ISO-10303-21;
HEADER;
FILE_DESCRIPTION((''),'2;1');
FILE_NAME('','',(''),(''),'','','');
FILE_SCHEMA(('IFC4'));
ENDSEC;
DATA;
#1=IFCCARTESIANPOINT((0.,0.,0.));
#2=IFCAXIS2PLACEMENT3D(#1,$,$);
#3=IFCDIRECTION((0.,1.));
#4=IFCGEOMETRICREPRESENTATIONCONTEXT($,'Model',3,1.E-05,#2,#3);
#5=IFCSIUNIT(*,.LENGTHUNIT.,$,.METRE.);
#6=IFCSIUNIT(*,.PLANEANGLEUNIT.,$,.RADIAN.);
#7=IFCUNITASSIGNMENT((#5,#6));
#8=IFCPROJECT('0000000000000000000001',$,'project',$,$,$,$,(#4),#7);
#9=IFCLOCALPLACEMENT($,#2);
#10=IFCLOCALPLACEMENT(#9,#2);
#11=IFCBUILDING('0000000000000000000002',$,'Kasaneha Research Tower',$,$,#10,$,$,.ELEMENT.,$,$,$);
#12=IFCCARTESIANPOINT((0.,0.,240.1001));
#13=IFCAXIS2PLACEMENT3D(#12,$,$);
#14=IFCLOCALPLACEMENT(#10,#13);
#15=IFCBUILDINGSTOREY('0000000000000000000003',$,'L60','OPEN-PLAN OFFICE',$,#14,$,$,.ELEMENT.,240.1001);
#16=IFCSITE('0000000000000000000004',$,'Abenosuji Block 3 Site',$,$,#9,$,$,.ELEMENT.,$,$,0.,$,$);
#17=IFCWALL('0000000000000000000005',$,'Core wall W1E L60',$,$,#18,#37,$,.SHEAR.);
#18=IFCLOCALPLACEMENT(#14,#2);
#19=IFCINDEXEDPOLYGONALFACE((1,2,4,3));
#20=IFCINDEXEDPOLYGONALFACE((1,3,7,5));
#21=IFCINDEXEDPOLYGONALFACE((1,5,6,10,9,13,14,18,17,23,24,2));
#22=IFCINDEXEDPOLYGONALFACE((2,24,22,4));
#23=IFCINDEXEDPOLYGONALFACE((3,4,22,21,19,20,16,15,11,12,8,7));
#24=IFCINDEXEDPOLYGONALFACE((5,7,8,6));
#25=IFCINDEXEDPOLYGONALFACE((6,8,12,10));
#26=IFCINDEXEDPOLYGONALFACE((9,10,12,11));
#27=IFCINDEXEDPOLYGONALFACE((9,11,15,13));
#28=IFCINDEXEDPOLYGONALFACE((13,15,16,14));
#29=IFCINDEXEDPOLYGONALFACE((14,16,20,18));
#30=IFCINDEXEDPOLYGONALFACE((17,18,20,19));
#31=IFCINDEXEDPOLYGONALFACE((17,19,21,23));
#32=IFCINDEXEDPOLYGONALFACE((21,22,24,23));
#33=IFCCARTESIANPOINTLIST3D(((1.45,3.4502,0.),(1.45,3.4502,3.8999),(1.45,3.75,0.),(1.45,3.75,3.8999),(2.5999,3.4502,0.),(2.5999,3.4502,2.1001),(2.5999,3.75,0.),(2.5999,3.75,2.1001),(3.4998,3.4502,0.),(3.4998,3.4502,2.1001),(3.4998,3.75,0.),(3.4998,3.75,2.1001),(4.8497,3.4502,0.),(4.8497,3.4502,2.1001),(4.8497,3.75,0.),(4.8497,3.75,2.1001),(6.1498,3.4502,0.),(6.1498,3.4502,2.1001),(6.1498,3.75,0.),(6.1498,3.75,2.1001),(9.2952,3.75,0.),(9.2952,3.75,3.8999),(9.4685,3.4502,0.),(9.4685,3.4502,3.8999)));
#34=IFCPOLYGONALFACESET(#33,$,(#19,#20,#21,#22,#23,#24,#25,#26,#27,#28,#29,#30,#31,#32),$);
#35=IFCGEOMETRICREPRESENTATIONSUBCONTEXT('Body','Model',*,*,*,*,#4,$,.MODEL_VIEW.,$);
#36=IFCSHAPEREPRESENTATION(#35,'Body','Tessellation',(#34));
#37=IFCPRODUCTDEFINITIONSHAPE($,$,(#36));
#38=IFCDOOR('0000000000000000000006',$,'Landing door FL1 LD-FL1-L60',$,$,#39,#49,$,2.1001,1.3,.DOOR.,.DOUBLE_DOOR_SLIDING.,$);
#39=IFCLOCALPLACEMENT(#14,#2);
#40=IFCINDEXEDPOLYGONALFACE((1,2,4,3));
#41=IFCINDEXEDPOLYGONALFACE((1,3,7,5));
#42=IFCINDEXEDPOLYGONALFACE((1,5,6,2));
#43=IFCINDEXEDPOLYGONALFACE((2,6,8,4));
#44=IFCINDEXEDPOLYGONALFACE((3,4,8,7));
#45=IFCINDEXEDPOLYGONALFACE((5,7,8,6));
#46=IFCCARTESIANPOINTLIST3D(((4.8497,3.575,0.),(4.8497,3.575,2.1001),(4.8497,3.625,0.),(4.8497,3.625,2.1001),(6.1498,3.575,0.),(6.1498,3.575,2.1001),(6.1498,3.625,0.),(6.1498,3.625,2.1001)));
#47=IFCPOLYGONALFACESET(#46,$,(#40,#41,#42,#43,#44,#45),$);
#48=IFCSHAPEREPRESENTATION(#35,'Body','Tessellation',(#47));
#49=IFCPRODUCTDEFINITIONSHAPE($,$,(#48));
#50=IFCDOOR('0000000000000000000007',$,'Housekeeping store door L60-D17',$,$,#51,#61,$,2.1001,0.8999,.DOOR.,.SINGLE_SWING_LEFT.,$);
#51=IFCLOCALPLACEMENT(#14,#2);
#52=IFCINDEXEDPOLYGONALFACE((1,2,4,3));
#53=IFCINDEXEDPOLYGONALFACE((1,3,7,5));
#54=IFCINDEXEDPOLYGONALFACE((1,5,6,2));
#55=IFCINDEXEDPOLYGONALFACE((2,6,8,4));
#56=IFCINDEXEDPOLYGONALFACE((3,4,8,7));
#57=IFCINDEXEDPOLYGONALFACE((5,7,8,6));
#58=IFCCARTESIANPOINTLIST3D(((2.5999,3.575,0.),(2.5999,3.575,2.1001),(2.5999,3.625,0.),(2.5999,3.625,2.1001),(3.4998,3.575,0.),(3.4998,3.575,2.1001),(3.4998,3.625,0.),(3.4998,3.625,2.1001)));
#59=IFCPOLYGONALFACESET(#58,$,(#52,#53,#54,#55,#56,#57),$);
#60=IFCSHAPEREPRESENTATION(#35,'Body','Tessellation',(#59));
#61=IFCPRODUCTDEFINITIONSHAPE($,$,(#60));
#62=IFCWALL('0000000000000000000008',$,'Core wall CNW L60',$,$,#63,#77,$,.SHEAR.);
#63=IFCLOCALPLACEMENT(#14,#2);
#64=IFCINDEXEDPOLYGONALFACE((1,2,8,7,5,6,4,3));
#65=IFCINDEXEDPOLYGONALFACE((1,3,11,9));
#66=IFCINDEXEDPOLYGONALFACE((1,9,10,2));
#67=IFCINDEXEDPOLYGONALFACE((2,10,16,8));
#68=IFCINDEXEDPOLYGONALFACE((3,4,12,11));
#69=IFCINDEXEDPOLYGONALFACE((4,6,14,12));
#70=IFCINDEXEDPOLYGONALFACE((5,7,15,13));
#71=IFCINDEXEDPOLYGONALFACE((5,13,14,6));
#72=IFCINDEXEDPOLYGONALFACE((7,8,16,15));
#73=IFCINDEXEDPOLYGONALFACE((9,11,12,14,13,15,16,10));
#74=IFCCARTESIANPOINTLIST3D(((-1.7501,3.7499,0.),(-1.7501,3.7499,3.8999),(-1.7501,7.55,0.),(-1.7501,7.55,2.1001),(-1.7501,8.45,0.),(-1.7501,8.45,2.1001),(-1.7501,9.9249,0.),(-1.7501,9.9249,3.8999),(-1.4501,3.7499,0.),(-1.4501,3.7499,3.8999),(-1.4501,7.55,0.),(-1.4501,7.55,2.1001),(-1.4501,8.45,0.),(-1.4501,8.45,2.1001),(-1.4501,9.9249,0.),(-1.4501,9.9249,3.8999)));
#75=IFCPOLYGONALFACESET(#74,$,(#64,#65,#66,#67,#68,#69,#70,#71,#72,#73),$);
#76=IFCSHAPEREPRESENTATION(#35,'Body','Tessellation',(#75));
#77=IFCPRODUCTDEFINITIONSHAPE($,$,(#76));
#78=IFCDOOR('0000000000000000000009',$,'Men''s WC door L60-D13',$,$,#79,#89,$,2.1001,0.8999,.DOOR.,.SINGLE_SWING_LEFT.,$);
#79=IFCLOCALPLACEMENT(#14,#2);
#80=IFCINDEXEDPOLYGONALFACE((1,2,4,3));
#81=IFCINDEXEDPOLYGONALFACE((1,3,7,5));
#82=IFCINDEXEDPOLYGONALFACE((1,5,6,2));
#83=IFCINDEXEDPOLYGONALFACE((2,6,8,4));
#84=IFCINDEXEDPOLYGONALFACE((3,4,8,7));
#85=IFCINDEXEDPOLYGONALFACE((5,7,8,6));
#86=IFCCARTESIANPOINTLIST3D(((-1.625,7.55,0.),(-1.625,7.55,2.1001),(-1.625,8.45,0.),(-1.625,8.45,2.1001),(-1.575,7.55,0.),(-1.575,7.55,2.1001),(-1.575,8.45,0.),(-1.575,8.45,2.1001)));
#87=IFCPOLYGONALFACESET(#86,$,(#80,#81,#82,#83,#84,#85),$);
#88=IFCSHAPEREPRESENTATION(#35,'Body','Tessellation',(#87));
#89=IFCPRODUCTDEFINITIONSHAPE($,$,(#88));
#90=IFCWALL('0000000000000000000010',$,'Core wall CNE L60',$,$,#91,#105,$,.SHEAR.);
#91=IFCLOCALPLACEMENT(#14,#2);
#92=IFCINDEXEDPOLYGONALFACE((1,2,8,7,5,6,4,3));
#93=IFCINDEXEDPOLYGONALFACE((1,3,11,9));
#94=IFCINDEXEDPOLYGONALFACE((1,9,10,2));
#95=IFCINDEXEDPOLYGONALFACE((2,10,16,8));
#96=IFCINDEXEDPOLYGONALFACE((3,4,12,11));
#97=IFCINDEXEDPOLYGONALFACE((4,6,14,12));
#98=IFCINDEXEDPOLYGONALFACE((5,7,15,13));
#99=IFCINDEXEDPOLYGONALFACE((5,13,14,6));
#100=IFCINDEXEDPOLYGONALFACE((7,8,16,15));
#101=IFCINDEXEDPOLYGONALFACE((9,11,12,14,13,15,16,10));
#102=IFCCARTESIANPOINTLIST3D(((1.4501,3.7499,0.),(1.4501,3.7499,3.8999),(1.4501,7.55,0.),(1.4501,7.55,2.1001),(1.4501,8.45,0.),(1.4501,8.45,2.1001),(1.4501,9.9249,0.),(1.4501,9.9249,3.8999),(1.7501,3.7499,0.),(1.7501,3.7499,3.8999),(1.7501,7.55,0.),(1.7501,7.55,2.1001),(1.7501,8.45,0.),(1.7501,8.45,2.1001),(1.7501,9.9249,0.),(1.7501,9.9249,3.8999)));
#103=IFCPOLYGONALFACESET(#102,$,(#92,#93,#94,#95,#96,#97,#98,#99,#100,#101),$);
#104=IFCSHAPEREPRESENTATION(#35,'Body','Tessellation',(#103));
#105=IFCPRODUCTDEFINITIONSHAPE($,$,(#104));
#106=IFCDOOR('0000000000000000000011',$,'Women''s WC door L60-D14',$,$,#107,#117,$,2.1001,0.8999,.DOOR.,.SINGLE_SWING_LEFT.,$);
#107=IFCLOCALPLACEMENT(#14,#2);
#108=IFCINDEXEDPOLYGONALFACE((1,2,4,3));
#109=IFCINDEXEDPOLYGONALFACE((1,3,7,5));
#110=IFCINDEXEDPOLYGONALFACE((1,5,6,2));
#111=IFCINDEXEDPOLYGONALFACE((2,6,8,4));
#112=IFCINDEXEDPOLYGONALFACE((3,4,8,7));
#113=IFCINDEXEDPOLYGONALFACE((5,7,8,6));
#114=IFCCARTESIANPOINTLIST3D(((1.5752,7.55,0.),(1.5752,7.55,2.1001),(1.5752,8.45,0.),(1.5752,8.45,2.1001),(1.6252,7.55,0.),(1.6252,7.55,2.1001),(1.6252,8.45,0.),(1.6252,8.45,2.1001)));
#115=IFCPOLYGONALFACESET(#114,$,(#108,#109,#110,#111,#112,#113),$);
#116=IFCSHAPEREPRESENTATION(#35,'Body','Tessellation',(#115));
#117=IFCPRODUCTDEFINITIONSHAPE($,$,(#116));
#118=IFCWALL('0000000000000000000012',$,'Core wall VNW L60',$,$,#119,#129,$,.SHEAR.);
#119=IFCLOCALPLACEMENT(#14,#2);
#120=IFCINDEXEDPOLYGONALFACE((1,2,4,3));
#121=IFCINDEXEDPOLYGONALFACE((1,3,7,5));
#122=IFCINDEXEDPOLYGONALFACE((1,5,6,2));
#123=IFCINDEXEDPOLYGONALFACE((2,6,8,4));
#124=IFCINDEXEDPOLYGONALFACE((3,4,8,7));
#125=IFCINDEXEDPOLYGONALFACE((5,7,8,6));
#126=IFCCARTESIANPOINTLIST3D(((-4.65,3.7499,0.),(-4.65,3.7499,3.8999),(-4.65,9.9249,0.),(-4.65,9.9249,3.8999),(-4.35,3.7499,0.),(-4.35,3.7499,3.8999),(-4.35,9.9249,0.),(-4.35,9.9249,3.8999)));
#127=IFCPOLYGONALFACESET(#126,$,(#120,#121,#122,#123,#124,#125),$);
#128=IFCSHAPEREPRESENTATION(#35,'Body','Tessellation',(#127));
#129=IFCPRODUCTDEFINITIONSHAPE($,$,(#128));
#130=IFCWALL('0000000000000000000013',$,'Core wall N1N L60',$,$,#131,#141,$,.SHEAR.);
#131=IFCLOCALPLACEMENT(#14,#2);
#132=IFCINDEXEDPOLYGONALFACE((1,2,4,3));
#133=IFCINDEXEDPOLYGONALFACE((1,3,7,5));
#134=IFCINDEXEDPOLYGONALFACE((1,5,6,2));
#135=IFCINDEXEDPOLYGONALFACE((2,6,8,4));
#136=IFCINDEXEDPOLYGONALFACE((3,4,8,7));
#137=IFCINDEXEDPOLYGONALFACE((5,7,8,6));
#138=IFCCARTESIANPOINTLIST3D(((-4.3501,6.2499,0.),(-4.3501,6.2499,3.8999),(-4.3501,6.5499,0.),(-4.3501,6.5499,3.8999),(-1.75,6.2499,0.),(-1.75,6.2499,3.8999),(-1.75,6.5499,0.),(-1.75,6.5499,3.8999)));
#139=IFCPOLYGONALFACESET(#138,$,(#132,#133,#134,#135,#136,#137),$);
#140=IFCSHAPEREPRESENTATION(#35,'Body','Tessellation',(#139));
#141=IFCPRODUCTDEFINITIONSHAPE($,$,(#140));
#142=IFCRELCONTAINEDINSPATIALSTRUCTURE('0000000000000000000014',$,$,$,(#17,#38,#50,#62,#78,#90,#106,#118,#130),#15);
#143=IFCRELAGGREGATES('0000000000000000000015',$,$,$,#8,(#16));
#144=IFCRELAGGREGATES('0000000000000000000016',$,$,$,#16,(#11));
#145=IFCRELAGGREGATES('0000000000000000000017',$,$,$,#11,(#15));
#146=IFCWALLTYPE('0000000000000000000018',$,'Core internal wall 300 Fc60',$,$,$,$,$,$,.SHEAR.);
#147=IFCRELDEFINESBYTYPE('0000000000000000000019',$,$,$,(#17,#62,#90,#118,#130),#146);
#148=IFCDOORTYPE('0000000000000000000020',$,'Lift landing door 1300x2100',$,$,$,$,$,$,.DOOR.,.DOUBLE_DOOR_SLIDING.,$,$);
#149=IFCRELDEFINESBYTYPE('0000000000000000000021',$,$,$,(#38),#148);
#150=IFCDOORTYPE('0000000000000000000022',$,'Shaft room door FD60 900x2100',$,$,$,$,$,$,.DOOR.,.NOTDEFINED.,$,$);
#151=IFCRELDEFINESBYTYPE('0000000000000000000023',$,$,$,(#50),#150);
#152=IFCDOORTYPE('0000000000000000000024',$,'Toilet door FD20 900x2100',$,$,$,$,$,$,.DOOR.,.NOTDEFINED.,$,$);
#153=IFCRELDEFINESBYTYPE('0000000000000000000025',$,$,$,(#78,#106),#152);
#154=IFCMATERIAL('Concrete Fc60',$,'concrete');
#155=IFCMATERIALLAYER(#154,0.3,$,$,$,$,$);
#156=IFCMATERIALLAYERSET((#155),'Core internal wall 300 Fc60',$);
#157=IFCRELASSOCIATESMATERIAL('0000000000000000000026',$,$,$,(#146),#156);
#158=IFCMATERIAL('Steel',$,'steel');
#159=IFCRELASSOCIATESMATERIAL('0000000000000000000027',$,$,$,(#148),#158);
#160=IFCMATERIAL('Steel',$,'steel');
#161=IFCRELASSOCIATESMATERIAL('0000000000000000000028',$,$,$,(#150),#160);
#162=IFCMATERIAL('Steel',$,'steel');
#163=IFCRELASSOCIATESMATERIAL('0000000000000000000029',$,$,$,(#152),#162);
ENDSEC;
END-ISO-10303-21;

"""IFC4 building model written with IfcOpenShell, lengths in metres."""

from ifc_helpers import new_model, si_unit, direction, frame, frame_2d, origin, place, context, subcontext, project, spatial, polyline, rectangle, outline, extrude, material, layer, layer_set, type_object, element, fill, save


model = new_model("IFC4")

# Units and contexts
model_context = context("Model", 3, precision=1e-05, world=origin(), true_north=direction((0.0, 1.0)))
body_context = subcontext(model_context, "Body", "Model", "MODEL_VIEW")
ifc_project = project(units=[si_unit("LENGTHUNIT", "METRE"), si_unit("PLANEANGLEUNIT", "RADIAN")], contexts=[model_context])

# Site, building, storey
site_placement = place(None, origin())
site = spatial("IfcSite", under=ifc_project, at=site_placement, Name="Abenosuji Block 3 Site", CompositionType="ELEMENT", RefElevation=0.0)
building_placement = place(site_placement, origin())
building = spatial("IfcBuilding", under=site, at=building_placement, Name="Kasaneha Research Tower", CompositionType="ELEMENT")
storey_placement = place(building_placement, frame((0.0, 0.0, 240.1001)))
storey = spatial("IfcBuildingStorey", under=building, at=storey_placement, Name="L60", Description="OPEN-PLAN OFFICE", CompositionType="ELEMENT", Elevation=240.1001)

# Wall, openings, doors
ifc_material_1 = material(Name="Concrete Fc60", Category="concrete")
ifc_layer_1 = layer(ifc_material_1, 0.3)
ifc_layer_set_1 = layer_set([ifc_layer_1], Name="Core internal wall 300 Fc60")
wall_type_1 = type_object("IfcWallType", Name="Core internal wall 300 Fc60", PredefinedType="SHEAR", material=ifc_layer_set_1)
wall_1_placement = place(storey_placement, frame((1.45, 3.6001, 0.0), z_axis=(0.0, 0.0, 1.0), x_axis=(1.0, 0.0, 0.0)))
wall_1 = element("IfcWall", 1, at=wall_1_placement, inside=storey, type_object=wall_type_1, Name="Core wall W1E L60", PredefinedType="SHEAR", context=body_context, shape_type="SweptSolid", body=[
    extrude(outline(polyline([(0.0, -0.1499), (1.1499, -0.1499), (2.0498, -0.1499), (3.3999, -0.1499), (4.7, -0.1499), (8.0186, -0.1499), (7.8452, 0.1499), (4.7, 0.1499), (3.3999, 0.1499), (2.0498, 0.1499), (1.1499, 0.1499), (0.0, 0.1499), (0.0, -0.1499)])), origin(), (0.0, 0.0, 1.0), 3.8999),
])
opening_1_placement = place(wall_1_placement, frame((1.1499, 0.0, 0.0)))
opening_1 = element("IfcOpeningElement", 2, at=opening_1_placement, cuts=wall_1, PredefinedType="OPENING", context=body_context, shape_type="SweptSolid", body=[
    extrude(rectangle(XDim=0.8999, YDim=2.1001, at=frame_2d((0.45, 1.05))), frame((0.0, 0.1602, 0.0), z_axis=(0.0, -1.0, 0.0), x_axis=(1.0, 0.0, 0.0)), (0.0, 0.0, 1.0), 0.3201),
])
opening_2_placement = place(wall_1_placement, frame((3.3999, 0.0, 0.0)))
opening_2 = element("IfcOpeningElement", 3, at=opening_2_placement, cuts=wall_1, PredefinedType="OPENING", context=body_context, shape_type="SweptSolid", body=[
    extrude(rectangle(XDim=1.3, YDim=2.1001, at=frame_2d((0.6499, 1.05))), frame((0.0, 0.1602, 0.0), z_axis=(0.0, -1.0, 0.0), x_axis=(1.0, 0.0, 0.0)), (0.0, 0.0, 1.0), 0.3201),
])
ifc_material_2 = material(Name="Steel", Category="steel")
door_type_1 = type_object("IfcDoorType", Name="Lift landing door 1300x2100", OperationType="DOUBLE_DOOR_SLIDING", PredefinedType="DOOR", material=ifc_material_2)
door_1_placement = place(opening_2_placement, origin())
door_1 = element("IfcDoor", 4, at=door_1_placement, inside=storey, type_object=door_type_1, Name="Landing door FL1 LD-FL1-L60", OperationType="DOUBLE_DOOR_SLIDING", OverallHeight=2.1001, OverallWidth=1.3, PredefinedType="DOOR", context=body_context, shape_type="SweptSolid", body=[
    extrude(rectangle(XDim=1.3, YDim=2.1001, at=frame_2d((0.6499, 1.05))), frame((0.0, 0.0249, 0.0), z_axis=(0.0, -1.0, 0.0), x_axis=(1.0, 0.0, 0.0)), (0.0, 0.0, 1.0), 0.05),
])
fill(opening_2, door_1)
ifc_material_3 = material(Name="Steel", Category="steel")
door_type_2 = type_object("IfcDoorType", Name="Shaft room door FD60 900x2100", OperationType="NOTDEFINED", PredefinedType="DOOR", material=ifc_material_3)
door_2_placement = place(opening_1_placement, origin())
door_2 = element("IfcDoor", 5, at=door_2_placement, inside=storey, type_object=door_type_2, Name="Housekeeping store door L60-D17", OperationType="SINGLE_SWING_LEFT", OverallHeight=2.1001, OverallWidth=0.8999, PredefinedType="DOOR", context=body_context, shape_type="SweptSolid", body=[
    extrude(rectangle(XDim=0.8999, YDim=2.1001, at=frame_2d((0.45, 1.05))), frame((0.0, 0.0249, 0.0), z_axis=(0.0, -1.0, 0.0), x_axis=(1.0, 0.0, 0.0)), (0.0, 0.0, 1.0), 0.05),
])
fill(opening_1, door_2)

# Walls, openings, doors
wall_2_placement = place(storey_placement, frame((-1.6001, 3.75, 0.0), z_axis=(0.0, 0.0, 1.0), x_axis=(0.0, 1.0, 0.0)))
wall_2 = element("IfcWall", 6, at=wall_2_placement, inside=storey, type_object=wall_type_1, Name="Core wall CNW L60", PredefinedType="SHEAR", context=body_context, shape_type="SweptSolid", body=[
    extrude(rectangle(XDim=6.175, YDim=0.3, at=frame_2d((3.0874, 0.0))), origin(), (0.0, 0.0, 1.0), 3.8999),
])
opening_3_placement = place(wall_2_placement, frame((3.8, 0.0, 0.0)))
opening_3 = element("IfcOpeningElement", 7, at=opening_3_placement, cuts=wall_2, PredefinedType="OPENING", context=body_context, shape_type="SweptSolid", body=[
    extrude(rectangle(XDim=0.8999, YDim=2.1001, at=frame_2d((0.45, 1.05))), frame((0.0, 0.1602, 0.0), z_axis=(0.0, -1.0, 0.0), x_axis=(1.0, 0.0, 0.0)), (0.0, 0.0, 1.0), 0.3201),
])
ifc_material_4 = material(Name="Steel", Category="steel")
door_type_3 = type_object("IfcDoorType", Name="Toilet door FD20 900x2100", OperationType="NOTDEFINED", PredefinedType="DOOR", material=ifc_material_4)
door_3_placement = place(opening_3_placement, origin())
door_3 = element("IfcDoor", 8, at=door_3_placement, inside=storey, type_object=door_type_3, Name="Men's WC door L60-D13", OperationType="SINGLE_SWING_LEFT", OverallHeight=2.1001, OverallWidth=0.8999, PredefinedType="DOOR", context=body_context, shape_type="SweptSolid", body=[
    extrude(rectangle(XDim=0.8999, YDim=2.1001, at=frame_2d((0.45, 1.05))), frame((0.0, 0.0249, 0.0), z_axis=(0.0, -1.0, 0.0), x_axis=(1.0, 0.0, 0.0)), (0.0, 0.0, 1.0), 0.05),
])
fill(opening_3, door_3)
wall_3_placement = place(storey_placement, frame((1.6001, 3.75, 0.0), z_axis=(0.0, 0.0, 1.0), x_axis=(0.0, 1.0, 0.0)))
wall_3 = element("IfcWall", 9, at=wall_3_placement, inside=storey, type_object=wall_type_1, Name="Core wall CNE L60", PredefinedType="SHEAR", context=body_context, shape_type="SweptSolid", body=[
    extrude(rectangle(XDim=6.175, YDim=0.3, at=frame_2d((3.0874, 0.0))), origin(), (0.0, 0.0, 1.0), 3.8999),
])
opening_4_placement = place(wall_3_placement, frame((3.8, 0.0, 0.0)))
opening_4 = element("IfcOpeningElement", 10, at=opening_4_placement, cuts=wall_3, PredefinedType="OPENING", context=body_context, shape_type="SweptSolid", body=[
    extrude(rectangle(XDim=0.8999, YDim=2.1001, at=frame_2d((0.45, 1.05))), frame((0.0, 0.1602, 0.0), z_axis=(0.0, -1.0, 0.0), x_axis=(1.0, 0.0, 0.0)), (0.0, 0.0, 1.0), 0.3201),
])
door_4_placement = place(opening_4_placement, origin())
door_4 = element("IfcDoor", 11, at=door_4_placement, inside=storey, type_object=door_type_3, Name="Women's WC door L60-D14", OperationType="SINGLE_SWING_LEFT", OverallHeight=2.1001, OverallWidth=0.8999, PredefinedType="DOOR", context=body_context, shape_type="SweptSolid", body=[
    extrude(rectangle(XDim=0.8999, YDim=2.1001, at=frame_2d((0.45, 1.05))), frame((0.0, 0.0249, 0.0), z_axis=(0.0, -1.0, 0.0), x_axis=(1.0, 0.0, 0.0)), (0.0, 0.0, 1.0), 0.05),
])
fill(opening_4, door_4)

# Walls
wall_4_placement = place(storey_placement, frame((-4.5, 3.75, 0.0), z_axis=(0.0, 0.0, 1.0), x_axis=(0.0, 1.0, 0.0)))
element("IfcWall", 12, at=wall_4_placement, inside=storey, type_object=wall_type_1, Name="Core wall VNW L60", PredefinedType="SHEAR", context=body_context, shape_type="SweptSolid", body=[
    extrude(rectangle(XDim=6.175, YDim=0.3, at=frame_2d((3.0874, 0.0))), origin(), (0.0, 0.0, 1.0), 3.8999),
])
wall_5_placement = place(storey_placement, frame((-4.3501, 6.3999, 0.0), z_axis=(0.0, 0.0, 1.0), x_axis=(1.0, 0.0, 0.0)))
element("IfcWall", 13, at=wall_5_placement, inside=storey, type_object=wall_type_1, Name="Core wall N1N L60", PredefinedType="SHEAR", context=body_context, shape_type="SweptSolid", body=[
    extrude(rectangle(XDim=2.6001, YDim=0.3, at=frame_2d((1.3, 0.0))), origin(), (0.0, 0.0, 1.0), 3.8999),
])

save(model, "model.ifc")
